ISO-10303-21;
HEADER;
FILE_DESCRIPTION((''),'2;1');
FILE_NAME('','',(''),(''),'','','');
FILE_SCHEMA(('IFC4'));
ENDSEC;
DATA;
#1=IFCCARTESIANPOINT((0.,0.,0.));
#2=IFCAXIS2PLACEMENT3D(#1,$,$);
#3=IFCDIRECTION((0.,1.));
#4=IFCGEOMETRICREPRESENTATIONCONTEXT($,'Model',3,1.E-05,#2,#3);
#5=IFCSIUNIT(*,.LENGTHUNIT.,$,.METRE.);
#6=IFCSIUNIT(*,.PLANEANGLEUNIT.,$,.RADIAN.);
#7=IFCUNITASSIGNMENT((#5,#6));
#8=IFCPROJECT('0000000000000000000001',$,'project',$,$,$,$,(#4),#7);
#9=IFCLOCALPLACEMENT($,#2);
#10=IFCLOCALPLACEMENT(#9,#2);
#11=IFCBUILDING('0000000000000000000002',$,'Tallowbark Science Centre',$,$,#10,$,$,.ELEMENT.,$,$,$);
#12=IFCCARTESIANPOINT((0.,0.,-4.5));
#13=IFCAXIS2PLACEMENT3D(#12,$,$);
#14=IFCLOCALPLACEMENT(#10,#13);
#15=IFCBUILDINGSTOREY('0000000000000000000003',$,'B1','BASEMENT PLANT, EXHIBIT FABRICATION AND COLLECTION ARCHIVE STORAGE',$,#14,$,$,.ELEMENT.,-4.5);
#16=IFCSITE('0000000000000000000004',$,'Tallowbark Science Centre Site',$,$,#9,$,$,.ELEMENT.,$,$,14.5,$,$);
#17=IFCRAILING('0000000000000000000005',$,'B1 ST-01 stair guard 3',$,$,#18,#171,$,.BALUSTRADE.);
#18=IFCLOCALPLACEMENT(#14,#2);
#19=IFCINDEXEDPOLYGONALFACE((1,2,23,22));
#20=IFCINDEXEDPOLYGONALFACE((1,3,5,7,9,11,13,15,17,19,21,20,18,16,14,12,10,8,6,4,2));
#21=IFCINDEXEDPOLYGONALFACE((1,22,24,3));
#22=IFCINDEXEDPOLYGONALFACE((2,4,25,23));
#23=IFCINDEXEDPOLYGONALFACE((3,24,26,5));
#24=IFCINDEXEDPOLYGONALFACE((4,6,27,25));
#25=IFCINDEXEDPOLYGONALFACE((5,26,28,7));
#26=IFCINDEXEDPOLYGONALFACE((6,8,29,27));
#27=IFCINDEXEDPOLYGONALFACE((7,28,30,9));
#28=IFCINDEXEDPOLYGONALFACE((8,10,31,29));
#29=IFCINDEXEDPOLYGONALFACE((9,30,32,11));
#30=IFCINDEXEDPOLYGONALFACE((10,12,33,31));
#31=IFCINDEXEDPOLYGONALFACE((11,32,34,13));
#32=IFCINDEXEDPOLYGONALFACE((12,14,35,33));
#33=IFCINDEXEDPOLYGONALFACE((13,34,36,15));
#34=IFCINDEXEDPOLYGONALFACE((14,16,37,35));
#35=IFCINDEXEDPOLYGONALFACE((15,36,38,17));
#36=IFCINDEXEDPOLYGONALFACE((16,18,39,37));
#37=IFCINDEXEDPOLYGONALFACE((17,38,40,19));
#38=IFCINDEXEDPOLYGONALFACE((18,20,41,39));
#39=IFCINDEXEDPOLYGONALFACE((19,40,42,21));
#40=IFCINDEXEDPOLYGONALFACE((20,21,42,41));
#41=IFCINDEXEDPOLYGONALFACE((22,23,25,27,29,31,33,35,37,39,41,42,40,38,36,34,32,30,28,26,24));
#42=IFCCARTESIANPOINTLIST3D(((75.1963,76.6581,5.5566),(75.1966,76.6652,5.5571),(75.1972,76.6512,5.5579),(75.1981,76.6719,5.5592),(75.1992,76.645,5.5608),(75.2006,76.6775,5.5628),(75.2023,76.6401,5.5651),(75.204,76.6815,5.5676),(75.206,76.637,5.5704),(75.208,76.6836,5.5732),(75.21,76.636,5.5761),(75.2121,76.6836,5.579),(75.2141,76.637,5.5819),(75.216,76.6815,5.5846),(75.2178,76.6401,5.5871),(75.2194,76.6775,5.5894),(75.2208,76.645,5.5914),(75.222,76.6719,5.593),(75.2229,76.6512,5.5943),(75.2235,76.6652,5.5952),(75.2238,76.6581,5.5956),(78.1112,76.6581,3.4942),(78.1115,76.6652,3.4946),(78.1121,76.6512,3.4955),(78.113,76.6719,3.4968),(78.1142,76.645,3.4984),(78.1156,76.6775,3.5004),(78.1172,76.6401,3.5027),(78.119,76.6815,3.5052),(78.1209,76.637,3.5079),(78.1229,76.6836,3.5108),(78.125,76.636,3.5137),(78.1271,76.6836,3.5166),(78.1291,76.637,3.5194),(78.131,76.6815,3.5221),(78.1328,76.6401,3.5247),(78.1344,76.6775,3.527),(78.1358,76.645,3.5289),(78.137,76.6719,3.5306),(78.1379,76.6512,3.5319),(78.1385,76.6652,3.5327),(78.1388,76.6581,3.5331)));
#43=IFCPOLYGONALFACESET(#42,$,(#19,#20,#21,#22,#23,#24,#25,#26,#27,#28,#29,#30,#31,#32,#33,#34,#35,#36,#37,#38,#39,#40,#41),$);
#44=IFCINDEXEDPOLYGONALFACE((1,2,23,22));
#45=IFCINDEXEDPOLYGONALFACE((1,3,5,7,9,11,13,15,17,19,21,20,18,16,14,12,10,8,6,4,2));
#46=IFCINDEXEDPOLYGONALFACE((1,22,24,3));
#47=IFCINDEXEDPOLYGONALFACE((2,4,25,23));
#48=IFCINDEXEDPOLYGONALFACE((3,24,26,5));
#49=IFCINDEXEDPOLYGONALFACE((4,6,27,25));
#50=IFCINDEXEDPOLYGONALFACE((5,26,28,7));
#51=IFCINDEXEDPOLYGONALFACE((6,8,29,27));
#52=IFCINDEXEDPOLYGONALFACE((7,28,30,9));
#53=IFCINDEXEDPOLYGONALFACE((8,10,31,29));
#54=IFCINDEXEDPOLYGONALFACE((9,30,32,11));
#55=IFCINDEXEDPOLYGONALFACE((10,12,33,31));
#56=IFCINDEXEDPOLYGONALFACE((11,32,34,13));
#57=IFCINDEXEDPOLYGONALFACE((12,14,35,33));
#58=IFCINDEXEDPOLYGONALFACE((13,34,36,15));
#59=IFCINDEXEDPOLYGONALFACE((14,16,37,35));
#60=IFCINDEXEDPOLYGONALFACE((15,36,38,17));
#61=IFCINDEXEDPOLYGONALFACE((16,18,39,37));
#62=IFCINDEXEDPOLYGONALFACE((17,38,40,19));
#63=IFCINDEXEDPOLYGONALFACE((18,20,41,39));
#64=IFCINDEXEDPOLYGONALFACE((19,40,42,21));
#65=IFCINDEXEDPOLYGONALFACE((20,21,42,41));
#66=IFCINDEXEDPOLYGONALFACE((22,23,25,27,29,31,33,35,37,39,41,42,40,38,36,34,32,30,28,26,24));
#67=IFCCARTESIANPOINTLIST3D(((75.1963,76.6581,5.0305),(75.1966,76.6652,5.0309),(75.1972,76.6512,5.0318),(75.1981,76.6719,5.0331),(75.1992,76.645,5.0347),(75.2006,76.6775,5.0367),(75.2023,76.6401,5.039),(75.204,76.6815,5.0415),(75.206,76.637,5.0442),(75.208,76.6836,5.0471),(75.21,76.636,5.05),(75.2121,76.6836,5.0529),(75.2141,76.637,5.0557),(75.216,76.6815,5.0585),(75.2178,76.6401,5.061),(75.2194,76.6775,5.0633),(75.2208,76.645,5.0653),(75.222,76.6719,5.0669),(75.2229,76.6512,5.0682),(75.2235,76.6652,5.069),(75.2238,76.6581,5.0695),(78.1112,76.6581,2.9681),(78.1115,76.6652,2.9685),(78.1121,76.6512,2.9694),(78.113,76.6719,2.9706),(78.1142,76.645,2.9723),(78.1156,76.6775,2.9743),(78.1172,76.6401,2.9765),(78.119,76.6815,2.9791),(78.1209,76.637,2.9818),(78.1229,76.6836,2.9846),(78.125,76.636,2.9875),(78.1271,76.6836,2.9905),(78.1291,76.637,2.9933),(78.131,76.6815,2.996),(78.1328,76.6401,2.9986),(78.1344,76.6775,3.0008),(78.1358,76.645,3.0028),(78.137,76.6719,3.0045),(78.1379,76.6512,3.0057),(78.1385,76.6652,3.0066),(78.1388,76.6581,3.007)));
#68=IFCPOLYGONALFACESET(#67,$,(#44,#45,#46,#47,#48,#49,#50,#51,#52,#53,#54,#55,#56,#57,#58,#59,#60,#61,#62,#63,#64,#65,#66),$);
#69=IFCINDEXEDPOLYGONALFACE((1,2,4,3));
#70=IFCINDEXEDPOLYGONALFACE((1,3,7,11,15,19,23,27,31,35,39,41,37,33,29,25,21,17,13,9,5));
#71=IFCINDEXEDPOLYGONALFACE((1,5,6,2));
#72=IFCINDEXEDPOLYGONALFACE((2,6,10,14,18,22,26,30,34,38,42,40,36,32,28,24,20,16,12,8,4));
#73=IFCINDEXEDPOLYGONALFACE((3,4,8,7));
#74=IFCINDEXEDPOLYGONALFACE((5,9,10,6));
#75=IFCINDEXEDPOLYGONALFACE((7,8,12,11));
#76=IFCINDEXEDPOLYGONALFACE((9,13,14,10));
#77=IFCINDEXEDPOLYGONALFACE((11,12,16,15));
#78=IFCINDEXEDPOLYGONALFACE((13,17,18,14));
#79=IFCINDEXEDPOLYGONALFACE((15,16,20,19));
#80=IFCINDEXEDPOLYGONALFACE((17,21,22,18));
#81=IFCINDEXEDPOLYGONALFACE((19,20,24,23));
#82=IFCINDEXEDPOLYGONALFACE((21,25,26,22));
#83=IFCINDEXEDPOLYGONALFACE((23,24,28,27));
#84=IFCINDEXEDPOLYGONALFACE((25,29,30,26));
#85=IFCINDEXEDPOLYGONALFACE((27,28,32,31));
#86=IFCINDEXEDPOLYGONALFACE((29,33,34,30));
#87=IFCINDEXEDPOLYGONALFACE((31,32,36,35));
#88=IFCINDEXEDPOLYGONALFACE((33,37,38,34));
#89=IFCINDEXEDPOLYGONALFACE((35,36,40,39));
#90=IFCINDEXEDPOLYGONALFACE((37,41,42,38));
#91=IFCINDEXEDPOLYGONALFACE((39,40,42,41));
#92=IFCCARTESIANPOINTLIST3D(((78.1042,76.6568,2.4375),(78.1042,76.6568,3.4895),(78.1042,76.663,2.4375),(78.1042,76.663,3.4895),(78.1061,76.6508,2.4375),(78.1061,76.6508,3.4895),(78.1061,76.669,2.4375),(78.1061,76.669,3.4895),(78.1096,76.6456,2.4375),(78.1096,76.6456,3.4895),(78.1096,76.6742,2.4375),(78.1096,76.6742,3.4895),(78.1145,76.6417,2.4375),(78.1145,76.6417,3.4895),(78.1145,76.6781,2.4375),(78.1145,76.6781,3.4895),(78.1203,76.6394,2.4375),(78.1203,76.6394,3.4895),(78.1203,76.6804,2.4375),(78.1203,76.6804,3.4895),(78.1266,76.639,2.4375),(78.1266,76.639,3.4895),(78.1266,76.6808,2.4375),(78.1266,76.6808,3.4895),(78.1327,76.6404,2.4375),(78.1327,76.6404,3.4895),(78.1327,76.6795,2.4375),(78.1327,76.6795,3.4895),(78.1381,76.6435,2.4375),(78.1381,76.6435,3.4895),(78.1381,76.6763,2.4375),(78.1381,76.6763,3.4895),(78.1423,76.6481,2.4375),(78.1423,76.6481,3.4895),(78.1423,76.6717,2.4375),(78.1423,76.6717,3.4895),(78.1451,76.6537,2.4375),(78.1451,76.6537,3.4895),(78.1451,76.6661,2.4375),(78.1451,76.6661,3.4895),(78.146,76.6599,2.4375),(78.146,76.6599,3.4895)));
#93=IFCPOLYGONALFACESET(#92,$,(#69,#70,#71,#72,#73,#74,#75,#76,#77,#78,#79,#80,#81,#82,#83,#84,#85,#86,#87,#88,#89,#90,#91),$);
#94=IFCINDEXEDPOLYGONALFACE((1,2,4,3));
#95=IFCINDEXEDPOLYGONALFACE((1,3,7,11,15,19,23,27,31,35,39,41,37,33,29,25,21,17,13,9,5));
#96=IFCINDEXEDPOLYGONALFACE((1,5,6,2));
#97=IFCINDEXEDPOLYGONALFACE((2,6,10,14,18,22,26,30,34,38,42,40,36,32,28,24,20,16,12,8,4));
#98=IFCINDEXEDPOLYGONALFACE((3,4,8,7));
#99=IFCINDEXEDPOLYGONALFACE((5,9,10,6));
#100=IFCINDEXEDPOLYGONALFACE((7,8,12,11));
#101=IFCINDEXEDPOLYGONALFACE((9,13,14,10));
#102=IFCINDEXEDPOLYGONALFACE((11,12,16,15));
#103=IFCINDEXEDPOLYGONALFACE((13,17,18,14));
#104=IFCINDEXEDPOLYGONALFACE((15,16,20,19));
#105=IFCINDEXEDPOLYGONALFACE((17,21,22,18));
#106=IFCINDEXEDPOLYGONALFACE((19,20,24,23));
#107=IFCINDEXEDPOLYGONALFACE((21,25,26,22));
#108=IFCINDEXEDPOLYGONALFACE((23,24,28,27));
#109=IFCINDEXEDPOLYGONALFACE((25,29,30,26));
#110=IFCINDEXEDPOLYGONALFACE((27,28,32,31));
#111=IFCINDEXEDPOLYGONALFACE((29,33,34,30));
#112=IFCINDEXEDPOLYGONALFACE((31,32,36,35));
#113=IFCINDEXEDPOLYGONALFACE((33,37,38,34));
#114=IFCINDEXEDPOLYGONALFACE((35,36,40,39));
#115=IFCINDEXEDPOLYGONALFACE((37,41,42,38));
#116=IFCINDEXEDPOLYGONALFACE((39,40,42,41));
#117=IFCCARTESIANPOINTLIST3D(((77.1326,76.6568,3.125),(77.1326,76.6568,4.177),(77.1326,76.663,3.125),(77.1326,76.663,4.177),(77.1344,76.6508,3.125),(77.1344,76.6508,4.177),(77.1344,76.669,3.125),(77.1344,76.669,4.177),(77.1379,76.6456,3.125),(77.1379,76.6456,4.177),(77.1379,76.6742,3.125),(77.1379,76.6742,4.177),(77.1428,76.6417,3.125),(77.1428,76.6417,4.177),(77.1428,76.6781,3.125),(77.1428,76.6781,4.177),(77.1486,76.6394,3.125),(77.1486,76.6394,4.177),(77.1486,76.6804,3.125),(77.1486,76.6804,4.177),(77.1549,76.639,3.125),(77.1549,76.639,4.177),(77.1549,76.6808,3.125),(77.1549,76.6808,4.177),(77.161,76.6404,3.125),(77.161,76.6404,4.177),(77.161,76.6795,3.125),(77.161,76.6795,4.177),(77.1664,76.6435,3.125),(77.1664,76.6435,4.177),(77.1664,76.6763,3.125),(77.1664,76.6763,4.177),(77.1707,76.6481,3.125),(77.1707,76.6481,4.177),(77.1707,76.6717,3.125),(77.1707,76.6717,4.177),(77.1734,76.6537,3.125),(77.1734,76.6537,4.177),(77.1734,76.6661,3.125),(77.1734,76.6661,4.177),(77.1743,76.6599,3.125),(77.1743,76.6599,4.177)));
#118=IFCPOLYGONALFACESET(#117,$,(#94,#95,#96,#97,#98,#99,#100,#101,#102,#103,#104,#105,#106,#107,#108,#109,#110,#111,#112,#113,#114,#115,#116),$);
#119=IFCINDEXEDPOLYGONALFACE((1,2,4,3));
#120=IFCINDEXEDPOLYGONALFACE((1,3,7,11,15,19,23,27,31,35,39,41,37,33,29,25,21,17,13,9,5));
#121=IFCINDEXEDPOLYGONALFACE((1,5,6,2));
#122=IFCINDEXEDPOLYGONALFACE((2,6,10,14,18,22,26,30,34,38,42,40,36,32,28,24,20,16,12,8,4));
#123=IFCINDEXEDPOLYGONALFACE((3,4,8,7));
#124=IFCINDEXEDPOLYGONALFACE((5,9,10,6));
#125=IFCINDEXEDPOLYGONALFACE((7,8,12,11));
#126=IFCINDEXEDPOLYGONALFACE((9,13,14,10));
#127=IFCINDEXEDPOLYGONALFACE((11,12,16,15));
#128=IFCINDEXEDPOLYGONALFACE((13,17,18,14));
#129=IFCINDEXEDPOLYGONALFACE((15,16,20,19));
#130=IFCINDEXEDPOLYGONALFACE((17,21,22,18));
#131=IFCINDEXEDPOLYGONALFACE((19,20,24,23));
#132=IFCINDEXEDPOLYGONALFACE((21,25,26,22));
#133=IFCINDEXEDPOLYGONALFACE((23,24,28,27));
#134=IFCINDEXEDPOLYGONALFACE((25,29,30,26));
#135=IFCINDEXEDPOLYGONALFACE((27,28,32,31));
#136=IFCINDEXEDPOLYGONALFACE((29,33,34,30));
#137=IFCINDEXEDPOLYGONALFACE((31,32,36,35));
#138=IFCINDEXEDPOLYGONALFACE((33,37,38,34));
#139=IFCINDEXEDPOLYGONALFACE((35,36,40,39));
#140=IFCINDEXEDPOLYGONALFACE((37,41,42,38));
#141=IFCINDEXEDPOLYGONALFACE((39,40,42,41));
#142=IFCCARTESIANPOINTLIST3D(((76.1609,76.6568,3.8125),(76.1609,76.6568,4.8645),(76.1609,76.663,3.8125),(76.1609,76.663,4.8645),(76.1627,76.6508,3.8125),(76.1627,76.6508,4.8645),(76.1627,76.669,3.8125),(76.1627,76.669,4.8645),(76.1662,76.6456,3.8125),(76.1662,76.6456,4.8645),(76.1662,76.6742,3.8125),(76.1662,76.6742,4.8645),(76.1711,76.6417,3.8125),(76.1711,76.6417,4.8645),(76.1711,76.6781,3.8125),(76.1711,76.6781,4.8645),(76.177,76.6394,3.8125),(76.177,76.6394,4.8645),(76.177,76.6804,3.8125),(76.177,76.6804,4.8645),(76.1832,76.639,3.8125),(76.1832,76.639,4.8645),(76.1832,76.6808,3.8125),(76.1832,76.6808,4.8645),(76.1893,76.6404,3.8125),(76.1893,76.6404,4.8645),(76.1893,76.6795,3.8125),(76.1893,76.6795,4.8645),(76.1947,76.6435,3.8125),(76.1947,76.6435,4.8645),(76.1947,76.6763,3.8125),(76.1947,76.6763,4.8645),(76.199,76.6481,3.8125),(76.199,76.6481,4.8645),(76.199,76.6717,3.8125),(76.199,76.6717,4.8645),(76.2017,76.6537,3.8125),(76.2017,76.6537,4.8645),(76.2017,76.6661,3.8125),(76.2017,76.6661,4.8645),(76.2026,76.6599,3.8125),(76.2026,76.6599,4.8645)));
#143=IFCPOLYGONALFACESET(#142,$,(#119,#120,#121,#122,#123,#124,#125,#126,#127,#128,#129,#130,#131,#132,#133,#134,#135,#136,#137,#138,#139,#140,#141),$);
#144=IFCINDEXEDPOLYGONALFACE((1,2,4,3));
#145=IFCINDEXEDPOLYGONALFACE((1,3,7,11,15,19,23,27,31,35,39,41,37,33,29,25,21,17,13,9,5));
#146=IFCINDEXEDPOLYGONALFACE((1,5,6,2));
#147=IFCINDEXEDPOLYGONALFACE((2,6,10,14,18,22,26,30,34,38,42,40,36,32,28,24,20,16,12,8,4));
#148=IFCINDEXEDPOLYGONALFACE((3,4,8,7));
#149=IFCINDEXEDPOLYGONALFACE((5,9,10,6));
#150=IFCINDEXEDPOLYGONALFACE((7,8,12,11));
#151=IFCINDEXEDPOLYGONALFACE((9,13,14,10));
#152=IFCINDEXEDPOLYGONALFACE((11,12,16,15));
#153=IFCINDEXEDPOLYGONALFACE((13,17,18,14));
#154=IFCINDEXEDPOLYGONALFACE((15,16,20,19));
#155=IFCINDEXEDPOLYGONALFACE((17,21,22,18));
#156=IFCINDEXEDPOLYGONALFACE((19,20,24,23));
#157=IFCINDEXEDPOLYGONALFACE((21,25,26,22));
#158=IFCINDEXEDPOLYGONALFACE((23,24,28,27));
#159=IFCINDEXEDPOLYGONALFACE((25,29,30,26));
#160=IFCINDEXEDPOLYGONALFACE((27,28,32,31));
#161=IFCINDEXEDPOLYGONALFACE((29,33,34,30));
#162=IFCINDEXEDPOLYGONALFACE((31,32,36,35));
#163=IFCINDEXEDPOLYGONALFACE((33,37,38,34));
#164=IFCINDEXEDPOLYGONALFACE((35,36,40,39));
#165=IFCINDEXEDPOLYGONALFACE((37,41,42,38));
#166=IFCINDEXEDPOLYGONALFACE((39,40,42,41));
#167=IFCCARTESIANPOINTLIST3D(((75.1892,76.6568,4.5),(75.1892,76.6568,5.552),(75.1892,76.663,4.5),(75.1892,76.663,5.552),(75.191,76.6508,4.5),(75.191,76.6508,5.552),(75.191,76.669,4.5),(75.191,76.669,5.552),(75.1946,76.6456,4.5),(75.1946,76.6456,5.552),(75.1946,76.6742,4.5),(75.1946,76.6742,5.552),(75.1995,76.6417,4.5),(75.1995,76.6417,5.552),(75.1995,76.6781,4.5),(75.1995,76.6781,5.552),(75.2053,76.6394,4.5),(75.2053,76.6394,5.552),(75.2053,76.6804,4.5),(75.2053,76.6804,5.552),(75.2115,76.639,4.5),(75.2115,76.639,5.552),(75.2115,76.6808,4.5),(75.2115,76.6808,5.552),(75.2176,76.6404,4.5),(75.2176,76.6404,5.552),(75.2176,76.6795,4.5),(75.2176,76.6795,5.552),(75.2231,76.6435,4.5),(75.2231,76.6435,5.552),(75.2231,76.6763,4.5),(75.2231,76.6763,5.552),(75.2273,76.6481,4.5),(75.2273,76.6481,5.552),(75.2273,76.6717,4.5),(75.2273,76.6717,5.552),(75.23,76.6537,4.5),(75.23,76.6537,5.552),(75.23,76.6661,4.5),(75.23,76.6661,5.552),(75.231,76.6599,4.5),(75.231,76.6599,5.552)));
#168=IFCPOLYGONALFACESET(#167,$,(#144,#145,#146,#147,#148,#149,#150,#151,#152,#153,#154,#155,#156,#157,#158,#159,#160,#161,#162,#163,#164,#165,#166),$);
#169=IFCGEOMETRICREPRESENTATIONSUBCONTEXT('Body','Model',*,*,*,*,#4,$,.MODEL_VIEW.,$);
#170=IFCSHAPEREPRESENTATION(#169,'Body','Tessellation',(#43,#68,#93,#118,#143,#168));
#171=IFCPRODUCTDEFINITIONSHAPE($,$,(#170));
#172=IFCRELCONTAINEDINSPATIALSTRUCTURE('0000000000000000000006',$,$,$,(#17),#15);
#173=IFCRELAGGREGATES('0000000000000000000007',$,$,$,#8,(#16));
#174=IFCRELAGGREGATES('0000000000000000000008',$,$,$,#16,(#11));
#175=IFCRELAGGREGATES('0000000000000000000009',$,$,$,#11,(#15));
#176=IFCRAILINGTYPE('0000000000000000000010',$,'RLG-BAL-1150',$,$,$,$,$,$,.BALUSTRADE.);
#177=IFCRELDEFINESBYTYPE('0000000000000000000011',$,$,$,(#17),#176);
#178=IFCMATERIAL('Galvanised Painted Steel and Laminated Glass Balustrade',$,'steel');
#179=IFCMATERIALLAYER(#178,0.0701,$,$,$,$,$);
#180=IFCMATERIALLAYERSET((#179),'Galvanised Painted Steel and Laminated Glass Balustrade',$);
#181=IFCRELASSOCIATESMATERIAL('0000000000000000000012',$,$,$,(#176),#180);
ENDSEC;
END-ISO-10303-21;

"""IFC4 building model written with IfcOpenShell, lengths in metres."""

from ifc_helpers import new_model, si_unit, direction, frame, origin, origin_2d, place, context, subcontext, project, spatial, circle, extrude, material, layer, layer_set, type_object, element, save


model = new_model("IFC4")

# Units and contexts
model_context = context("Model", 3, precision=1e-05, world=origin(), true_north=direction((0.0, 1.0)))
body_context = subcontext(model_context, "Body", "Model", "MODEL_VIEW")
ifc_project = project(units=[si_unit("LENGTHUNIT", "METRE"), si_unit("PLANEANGLEUNIT", "RADIAN")], contexts=[model_context])

# Site, building, storey
site_placement = place(None, origin())
site = spatial("IfcSite", under=ifc_project, at=site_placement, Name="Tallowbark Science Centre Site", CompositionType="ELEMENT", RefElevation=14.5)
building_placement = place(site_placement, origin())
building = spatial("IfcBuilding", under=site, at=building_placement, Name="Tallowbark Science Centre", CompositionType="ELEMENT")
storey_placement = place(building_placement, frame((0.0, 0.0, -4.5)))
storey = spatial("IfcBuildingStorey", under=building, at=storey_placement, Name="B1", Description="BASEMENT PLANT, EXHIBIT FABRICATION AND COLLECTION ARCHIVE STORAGE", CompositionType="ELEMENT", Elevation=-4.5)

# Railing
ifc_material_1 = material(Name="Galvanised Painted Steel and Laminated Glass Balustrade", Category="steel")
ifc_layer_1 = layer(ifc_material_1, 0.0701)
ifc_layer_set_1 = layer_set([ifc_layer_1], Name="Galvanised Painted Steel and Laminated Glass Balustrade")
railing_type_1 = type_object("IfcRailingType", Name="RLG-BAL-1150", PredefinedType="BALUSTRADE", material=ifc_layer_set_1)
railing_1_placement = place(storey_placement, frame((78.125, 76.6599, 2.4375)))
element("IfcRailing", 1, at=railing_1_placement, inside=storey, type_object=railing_type_1, Name="B1 ST-01 stair guard 3", PredefinedType="BALUSTRADE", context=body_context, shape_type="SweptSolid", body=[
    extrude(circle(Radius=0.0239, at=origin_2d()), frame((0.0, 0.0, 1.0762), z_axis=(-0.816331, 0.0, 0.577585), x_axis=(0.0, -1.0, 0.0)), (0.0, 0.0, 1.0), 3.5708),
    extrude(circle(Radius=0.0239, at=origin_2d()), frame((0.0, 0.0, 0.55), z_axis=(-0.816331, 0.0, 0.577585), x_axis=(0.0, -1.0, 0.0)), (0.0, 0.0, 1.0), 3.5708),
    extrude(circle(Radius=0.021, at=origin_2d()), origin(), (0.0, 0.0, 1.0), 1.052),
    extrude(circle(Radius=0.021, at=origin_2d()), frame((-0.9717, 0.0, 0.6875)), (0.0, 0.0, 1.0), 1.052),
    extrude(circle(Radius=0.021, at=origin_2d()), frame((-1.9434, 0.0, 1.375)), (0.0, 0.0, 1.0), 1.052),
    extrude(circle(Radius=0.021, at=origin_2d()), frame((-2.915, 0.0, 2.0625)), (0.0, 0.0, 1.0), 1.052),
])

save(model, "model.ifc")
